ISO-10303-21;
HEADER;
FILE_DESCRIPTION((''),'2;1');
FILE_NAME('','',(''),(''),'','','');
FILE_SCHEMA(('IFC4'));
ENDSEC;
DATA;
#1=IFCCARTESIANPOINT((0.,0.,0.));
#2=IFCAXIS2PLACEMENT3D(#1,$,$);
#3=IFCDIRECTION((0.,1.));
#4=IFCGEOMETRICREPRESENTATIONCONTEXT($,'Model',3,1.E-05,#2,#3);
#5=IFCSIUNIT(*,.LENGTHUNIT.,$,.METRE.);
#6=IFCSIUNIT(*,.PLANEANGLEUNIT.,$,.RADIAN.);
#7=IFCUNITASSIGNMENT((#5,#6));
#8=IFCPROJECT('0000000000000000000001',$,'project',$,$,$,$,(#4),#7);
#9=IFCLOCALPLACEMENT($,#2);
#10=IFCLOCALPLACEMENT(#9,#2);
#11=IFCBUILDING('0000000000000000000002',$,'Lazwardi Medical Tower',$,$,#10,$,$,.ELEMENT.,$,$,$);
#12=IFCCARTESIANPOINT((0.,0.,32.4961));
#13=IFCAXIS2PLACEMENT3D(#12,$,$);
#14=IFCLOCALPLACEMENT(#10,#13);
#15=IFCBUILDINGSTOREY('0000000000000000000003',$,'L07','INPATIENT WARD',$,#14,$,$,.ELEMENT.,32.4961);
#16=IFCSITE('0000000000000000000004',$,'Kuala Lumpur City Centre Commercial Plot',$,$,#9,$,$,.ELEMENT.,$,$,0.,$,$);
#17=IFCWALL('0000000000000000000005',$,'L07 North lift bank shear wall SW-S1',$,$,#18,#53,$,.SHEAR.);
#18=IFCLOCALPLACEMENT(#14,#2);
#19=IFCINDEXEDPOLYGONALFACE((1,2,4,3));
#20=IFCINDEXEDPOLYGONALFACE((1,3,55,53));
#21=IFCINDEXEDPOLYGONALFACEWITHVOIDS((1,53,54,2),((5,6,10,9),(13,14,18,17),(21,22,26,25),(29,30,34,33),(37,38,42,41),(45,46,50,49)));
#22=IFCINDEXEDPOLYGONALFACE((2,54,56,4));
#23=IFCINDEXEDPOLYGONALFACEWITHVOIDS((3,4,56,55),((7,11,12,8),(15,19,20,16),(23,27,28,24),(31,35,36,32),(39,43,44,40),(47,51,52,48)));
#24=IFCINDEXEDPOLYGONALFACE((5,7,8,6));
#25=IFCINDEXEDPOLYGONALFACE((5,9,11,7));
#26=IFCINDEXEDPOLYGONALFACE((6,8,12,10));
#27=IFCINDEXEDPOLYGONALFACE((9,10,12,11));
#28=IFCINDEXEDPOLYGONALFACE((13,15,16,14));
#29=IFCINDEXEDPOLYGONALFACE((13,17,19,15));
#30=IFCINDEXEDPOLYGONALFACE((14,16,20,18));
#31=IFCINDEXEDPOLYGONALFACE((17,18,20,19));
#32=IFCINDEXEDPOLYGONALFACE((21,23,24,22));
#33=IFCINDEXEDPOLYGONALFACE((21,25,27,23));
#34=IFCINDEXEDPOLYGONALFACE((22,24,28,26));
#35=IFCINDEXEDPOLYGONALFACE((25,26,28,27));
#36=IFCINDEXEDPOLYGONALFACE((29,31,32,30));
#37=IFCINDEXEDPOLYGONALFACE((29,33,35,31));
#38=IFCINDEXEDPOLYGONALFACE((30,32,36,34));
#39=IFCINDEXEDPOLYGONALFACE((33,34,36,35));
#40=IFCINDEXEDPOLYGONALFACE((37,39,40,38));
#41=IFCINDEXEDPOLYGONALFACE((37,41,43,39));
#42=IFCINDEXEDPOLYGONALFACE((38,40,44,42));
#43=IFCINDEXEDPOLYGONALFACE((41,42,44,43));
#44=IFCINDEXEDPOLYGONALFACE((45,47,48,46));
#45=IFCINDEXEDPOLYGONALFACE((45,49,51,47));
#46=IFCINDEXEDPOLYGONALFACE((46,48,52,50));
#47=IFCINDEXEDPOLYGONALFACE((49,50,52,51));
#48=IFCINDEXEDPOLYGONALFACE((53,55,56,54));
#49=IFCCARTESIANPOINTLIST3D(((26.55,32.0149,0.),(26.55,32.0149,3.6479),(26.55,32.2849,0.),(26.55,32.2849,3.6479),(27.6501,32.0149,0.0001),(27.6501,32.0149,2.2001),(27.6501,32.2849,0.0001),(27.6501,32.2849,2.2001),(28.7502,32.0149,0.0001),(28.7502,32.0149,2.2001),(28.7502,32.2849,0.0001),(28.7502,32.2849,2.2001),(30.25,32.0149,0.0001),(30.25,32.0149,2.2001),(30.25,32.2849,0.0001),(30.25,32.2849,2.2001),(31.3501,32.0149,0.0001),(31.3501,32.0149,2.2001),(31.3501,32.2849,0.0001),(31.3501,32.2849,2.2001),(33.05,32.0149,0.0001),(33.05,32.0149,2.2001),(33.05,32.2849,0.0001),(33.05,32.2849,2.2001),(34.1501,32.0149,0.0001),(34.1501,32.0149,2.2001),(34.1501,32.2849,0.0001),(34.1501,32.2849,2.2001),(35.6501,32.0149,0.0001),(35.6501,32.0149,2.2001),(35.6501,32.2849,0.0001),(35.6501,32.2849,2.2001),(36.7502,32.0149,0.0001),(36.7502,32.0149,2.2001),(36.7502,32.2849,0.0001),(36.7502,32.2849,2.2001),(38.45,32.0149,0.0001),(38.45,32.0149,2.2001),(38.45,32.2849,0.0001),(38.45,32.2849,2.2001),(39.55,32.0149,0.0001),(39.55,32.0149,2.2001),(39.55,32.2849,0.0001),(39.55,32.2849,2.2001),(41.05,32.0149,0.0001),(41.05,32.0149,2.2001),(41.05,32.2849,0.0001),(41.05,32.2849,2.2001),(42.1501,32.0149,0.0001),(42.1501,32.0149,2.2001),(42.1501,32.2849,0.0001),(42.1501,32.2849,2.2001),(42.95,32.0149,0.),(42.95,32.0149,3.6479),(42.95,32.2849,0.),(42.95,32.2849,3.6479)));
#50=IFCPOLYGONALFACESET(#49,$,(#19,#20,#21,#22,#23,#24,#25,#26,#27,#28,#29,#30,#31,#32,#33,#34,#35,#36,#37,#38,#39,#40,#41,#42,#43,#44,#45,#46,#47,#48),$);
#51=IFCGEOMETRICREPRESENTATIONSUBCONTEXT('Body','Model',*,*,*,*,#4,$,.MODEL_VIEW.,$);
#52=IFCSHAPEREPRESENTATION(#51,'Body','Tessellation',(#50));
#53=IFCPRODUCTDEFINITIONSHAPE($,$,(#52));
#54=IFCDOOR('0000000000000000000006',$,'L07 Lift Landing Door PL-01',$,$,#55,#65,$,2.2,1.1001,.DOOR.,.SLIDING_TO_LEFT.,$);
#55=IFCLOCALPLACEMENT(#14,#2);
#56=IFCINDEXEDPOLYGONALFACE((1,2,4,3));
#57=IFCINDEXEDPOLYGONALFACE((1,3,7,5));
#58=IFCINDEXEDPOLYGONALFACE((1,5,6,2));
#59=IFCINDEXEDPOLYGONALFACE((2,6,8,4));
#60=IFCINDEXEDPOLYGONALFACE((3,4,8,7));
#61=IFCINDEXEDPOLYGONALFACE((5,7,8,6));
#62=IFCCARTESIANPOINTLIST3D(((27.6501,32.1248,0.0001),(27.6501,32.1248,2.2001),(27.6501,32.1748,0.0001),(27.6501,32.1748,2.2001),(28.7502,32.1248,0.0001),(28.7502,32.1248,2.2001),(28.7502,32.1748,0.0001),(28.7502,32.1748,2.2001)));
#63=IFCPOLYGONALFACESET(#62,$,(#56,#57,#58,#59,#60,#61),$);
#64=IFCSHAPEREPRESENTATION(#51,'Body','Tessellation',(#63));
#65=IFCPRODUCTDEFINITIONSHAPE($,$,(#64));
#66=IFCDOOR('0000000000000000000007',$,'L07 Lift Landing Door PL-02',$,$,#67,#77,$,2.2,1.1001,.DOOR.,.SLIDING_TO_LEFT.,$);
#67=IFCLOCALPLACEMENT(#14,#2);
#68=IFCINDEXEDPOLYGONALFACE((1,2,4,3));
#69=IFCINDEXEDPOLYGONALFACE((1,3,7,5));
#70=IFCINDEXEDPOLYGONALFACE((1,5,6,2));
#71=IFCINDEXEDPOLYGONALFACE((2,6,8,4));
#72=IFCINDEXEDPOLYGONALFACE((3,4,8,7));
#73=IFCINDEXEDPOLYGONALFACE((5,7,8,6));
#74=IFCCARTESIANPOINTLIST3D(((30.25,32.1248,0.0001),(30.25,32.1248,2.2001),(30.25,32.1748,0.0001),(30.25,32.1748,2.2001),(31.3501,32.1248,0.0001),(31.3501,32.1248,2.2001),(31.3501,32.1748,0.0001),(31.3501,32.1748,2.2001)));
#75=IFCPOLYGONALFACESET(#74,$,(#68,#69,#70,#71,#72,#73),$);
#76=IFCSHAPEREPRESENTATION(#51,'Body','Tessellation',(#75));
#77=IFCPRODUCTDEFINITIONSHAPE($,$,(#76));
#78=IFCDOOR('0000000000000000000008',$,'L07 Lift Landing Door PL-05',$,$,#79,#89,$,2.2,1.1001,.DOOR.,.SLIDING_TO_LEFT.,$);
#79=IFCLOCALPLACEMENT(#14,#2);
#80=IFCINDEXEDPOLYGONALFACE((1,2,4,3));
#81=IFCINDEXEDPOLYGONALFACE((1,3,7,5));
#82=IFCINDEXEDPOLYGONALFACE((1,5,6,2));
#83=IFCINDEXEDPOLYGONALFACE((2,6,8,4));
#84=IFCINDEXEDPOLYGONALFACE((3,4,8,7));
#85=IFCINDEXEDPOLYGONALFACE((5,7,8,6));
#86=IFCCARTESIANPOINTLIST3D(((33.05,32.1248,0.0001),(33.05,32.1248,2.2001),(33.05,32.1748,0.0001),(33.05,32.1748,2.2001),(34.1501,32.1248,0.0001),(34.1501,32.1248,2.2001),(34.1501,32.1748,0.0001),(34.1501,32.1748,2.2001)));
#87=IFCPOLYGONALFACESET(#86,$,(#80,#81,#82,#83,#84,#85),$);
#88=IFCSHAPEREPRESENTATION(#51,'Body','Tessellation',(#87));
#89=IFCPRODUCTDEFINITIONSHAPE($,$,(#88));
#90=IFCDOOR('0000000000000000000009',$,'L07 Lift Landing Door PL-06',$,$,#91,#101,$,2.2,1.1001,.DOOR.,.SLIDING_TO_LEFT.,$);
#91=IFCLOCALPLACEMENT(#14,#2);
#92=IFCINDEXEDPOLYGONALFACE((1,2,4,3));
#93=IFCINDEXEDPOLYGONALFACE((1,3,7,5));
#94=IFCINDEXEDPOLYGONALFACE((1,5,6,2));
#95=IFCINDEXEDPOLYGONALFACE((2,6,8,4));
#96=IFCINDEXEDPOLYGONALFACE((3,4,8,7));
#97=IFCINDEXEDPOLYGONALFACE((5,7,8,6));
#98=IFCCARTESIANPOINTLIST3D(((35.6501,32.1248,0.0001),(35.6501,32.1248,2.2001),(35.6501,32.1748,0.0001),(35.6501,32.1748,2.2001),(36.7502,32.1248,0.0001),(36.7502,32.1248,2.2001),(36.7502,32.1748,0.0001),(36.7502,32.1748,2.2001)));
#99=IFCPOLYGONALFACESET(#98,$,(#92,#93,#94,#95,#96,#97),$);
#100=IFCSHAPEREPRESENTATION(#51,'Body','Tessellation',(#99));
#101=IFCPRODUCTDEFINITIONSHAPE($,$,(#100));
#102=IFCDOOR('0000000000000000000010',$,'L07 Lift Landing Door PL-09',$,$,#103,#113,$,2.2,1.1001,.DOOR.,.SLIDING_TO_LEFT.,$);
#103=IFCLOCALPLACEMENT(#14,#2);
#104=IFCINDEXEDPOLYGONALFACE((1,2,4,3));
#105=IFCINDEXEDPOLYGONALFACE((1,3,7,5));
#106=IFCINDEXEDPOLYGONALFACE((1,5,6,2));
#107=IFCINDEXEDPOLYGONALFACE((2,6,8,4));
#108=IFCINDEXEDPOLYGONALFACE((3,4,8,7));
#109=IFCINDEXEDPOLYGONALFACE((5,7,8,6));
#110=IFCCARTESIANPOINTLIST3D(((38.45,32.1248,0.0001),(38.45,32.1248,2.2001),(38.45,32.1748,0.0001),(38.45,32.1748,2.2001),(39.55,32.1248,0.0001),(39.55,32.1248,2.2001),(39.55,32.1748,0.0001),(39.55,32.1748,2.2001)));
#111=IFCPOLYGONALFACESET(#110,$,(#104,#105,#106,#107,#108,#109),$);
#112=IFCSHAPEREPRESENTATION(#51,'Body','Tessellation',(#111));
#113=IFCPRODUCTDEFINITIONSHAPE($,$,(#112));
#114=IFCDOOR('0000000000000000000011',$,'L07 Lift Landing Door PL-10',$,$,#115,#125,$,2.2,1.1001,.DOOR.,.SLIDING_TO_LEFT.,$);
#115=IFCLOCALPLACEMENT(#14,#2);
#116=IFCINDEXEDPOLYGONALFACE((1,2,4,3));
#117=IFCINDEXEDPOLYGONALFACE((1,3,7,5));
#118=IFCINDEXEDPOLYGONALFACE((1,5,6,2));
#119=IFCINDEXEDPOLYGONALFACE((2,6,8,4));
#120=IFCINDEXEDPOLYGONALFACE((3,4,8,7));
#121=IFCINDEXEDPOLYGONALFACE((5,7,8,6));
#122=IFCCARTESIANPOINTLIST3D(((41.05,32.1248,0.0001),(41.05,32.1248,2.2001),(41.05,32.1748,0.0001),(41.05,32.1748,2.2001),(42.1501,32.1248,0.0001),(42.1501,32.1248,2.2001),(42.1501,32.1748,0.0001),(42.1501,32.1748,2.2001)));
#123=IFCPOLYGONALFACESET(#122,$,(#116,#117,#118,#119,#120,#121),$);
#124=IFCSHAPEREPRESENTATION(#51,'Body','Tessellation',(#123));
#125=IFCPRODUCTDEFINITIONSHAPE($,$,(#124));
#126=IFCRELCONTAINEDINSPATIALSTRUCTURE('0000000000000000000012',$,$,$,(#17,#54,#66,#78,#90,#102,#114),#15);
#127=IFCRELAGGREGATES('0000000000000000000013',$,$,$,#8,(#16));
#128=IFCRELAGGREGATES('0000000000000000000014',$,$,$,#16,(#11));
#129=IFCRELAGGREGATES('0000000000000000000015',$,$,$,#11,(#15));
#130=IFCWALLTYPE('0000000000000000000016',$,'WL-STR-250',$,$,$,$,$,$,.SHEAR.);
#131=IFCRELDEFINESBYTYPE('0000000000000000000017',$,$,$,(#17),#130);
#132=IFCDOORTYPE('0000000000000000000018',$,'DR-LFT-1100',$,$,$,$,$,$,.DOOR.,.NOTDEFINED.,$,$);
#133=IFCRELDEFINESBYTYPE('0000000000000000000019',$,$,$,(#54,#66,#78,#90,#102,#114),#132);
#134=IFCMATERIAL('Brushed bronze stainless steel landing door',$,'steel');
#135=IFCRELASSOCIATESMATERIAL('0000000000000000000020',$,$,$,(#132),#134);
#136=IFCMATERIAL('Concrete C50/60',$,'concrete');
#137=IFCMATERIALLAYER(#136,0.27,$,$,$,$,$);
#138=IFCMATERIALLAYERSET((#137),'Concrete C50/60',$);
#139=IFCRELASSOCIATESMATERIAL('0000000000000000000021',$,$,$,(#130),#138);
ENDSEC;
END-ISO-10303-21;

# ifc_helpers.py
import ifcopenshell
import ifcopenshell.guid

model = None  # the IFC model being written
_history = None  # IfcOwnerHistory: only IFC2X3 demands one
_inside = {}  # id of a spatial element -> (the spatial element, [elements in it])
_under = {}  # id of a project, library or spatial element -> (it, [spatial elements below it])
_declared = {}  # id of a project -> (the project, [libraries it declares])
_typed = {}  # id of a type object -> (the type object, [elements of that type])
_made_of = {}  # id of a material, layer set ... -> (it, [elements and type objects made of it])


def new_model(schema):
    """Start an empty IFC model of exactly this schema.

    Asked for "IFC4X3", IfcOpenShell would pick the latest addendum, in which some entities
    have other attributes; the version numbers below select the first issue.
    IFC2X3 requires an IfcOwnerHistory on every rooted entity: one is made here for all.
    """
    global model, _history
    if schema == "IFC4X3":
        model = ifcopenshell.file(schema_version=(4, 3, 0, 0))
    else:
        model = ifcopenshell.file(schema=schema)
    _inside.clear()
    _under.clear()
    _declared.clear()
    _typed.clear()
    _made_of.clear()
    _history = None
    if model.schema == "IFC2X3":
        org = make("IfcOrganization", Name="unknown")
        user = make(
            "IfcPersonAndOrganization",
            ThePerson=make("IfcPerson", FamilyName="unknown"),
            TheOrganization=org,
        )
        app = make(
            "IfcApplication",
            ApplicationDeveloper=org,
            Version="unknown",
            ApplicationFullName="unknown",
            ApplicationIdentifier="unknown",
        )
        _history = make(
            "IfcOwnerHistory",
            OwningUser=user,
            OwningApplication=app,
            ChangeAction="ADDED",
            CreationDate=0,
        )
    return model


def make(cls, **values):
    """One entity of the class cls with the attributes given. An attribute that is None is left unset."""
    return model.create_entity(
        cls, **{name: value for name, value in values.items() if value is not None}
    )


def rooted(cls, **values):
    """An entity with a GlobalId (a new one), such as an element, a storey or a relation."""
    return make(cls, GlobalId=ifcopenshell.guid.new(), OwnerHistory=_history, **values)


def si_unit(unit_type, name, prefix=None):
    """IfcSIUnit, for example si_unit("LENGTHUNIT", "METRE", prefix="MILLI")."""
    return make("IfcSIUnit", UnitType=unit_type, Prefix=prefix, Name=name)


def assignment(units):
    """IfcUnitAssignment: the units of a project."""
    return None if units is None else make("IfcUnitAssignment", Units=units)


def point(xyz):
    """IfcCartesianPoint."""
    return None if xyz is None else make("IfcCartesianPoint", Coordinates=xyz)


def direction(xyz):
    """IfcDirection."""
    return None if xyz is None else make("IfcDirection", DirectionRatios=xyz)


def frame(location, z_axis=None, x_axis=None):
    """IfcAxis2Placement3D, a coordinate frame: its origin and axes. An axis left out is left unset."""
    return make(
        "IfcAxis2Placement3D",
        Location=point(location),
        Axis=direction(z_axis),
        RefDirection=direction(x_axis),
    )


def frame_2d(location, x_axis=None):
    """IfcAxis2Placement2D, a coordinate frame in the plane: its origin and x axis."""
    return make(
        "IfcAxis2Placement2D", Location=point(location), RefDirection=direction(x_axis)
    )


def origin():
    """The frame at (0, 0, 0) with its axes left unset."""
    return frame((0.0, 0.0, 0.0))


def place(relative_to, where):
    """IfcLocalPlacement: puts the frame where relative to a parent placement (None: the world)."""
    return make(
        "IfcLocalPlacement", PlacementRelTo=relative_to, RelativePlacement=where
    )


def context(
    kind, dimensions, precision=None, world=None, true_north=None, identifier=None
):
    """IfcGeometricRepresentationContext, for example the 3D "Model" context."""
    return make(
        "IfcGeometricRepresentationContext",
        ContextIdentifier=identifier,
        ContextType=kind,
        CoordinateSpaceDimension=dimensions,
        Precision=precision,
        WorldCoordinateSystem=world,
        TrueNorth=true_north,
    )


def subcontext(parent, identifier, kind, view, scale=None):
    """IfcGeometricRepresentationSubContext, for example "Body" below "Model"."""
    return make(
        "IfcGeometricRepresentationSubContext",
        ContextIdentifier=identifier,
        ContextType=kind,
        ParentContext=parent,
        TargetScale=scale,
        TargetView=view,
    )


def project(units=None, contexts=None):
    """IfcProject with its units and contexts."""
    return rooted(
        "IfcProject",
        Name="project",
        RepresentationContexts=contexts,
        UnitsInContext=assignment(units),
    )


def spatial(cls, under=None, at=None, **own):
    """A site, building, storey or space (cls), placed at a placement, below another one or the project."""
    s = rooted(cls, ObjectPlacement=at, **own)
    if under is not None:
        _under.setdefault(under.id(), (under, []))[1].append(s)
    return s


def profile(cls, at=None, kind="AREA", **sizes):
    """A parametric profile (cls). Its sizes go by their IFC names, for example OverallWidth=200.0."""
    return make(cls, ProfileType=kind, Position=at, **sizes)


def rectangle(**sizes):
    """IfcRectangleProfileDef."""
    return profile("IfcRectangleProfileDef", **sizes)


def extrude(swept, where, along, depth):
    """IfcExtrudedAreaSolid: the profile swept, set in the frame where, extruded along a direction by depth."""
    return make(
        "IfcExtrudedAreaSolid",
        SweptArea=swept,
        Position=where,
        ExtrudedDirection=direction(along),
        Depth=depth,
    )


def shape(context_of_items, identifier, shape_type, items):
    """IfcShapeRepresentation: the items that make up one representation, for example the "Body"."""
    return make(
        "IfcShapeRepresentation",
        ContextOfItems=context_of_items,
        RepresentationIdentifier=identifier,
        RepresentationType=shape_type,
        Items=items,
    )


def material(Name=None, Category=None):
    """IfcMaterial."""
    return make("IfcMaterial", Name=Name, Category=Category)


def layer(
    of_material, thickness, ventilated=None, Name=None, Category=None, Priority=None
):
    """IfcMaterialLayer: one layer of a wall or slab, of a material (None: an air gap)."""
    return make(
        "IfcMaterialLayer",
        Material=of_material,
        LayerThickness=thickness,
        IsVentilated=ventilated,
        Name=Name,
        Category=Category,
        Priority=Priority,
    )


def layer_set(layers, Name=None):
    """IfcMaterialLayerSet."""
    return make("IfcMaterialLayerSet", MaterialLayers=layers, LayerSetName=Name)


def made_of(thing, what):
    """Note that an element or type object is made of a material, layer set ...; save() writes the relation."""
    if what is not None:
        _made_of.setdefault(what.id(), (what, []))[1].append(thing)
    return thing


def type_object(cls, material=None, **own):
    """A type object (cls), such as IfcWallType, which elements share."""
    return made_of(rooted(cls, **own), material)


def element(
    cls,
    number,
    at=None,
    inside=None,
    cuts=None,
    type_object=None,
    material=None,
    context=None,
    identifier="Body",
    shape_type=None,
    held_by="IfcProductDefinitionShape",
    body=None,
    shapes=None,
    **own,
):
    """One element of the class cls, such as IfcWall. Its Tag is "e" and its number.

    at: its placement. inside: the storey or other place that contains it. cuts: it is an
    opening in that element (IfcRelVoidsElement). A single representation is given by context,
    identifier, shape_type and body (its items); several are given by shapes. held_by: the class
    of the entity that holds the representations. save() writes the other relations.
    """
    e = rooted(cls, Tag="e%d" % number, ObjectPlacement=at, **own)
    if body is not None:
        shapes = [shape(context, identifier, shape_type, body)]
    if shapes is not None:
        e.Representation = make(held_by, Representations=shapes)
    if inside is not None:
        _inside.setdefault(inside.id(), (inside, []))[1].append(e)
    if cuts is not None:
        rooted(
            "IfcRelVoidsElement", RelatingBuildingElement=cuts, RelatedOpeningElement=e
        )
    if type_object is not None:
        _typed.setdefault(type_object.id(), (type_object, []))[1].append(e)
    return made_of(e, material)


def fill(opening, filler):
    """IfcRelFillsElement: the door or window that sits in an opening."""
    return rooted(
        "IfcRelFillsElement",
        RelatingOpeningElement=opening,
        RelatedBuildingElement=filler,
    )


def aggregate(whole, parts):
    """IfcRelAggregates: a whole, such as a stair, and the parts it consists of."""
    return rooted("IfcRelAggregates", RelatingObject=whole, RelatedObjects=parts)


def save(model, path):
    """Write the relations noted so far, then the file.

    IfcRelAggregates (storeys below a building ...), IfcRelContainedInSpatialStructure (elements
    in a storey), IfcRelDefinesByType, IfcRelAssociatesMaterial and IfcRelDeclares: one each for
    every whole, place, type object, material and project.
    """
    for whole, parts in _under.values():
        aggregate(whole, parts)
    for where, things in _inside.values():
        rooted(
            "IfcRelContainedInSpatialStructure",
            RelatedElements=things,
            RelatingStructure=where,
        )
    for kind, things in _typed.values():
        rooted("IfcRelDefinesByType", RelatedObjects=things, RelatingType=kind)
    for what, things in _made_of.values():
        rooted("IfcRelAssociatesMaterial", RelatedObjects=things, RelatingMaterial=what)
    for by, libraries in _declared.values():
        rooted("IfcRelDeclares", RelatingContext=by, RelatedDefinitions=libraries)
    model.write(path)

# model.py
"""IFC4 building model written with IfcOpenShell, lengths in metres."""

from ifc_helpers import new_model, si_unit, direction, frame, frame_2d, origin, place, context, subcontext, project, spatial, rectangle, extrude, material, layer, layer_set, type_object, element, fill, save


model = new_model("IFC4")

# Units and contexts
model_context = context("Model", 3, precision=1e-05, world=origin(), true_north=direction((0.0, 1.0)))
body_context = subcontext(model_context, "Body", "Model", "MODEL_VIEW")
ifc_project = project(units=[si_unit("LENGTHUNIT", "METRE"), si_unit("PLANEANGLEUNIT", "RADIAN")], contexts=[model_context])

# Site, building, storey
site_placement = place(None, origin())
site = spatial("IfcSite", under=ifc_project, at=site_placement, Name="Kuala Lumpur City Centre Commercial Plot", CompositionType="ELEMENT", RefElevation=0.0)
building_placement = place(site_placement, origin())
building = spatial("IfcBuilding", under=site, at=building_placement, Name="Lazwardi Medical Tower", CompositionType="ELEMENT")
storey_placement = place(building_placement, frame((0.0, 0.0, 32.4961)))
storey = spatial("IfcBuildingStorey", under=building, at=storey_placement, Name="L07", Description="INPATIENT WARD", CompositionType="ELEMENT", Elevation=32.4961)

# Shared definitions
ifc_material_1 = material(Name="Brushed bronze stainless steel landing door", Category="steel")
door_type_1 = type_object("IfcDoorType", Name="DR-LFT-1100", OperationType="NOTDEFINED", PredefinedType="DOOR", material=ifc_material_1)

# Shared definitions
ifc_material_2 = material(Name="Concrete C50/60", Category="concrete")
ifc_layer_1 = layer(ifc_material_2, 0.27)
ifc_layer_set_1 = layer_set([ifc_layer_1], Name="Concrete C50/60")
wall_type_1 = type_object("IfcWallType", Name="WL-STR-250", PredefinedType="SHEAR", material=ifc_layer_set_1)

# Wall, openings, doors
wall_1_placement = place(storey_placement, frame((26.55, 32.1499, 0.0), z_axis=(0.0, 0.0, 1.0), x_axis=(1.0, 0.0, 0.0)))
wall_1 = element("IfcWall", 1, at=wall_1_placement, inside=storey, type_object=wall_type_1, Name="L07 North lift bank shear wall SW-S1", PredefinedType="SHEAR", context=body_context, shape_type="SweptSolid", body=[
    extrude(rectangle(XDim=16.3999, YDim=0.27, at=frame_2d((8.2, 0.0))), origin(), (0.0, 0.0, 1.0), 3.6479),
])
opening_1_placement = place(wall_1_placement, frame((1.1001, 0.0, 0.0)))
opening_1 = element("IfcOpeningElement", 2, at=opening_1_placement, cuts=wall_1, PredefinedType="OPENING", context=body_context, shape_type="SweptSolid", body=[
    extrude(rectangle(XDim=1.1001, YDim=2.2, at=frame_2d((0.55, 1.1001))), frame((0.0, 0.145, 0.0), z_axis=(0.0, -1.0, 0.0), x_axis=(1.0, 0.0, 0.0)), (0.0, 0.0, 1.0), 0.29),
])
opening_2_placement = place(wall_1_placement, frame((3.7, 0.0, 0.0)))
opening_2 = element("IfcOpeningElement", 3, at=opening_2_placement, cuts=wall_1, PredefinedType="OPENING", context=body_context, shape_type="SweptSolid", body=[
    extrude(rectangle(XDim=1.1001, YDim=2.2, at=frame_2d((0.55, 1.1001))), frame((0.0, 0.145, 0.0), z_axis=(0.0, -1.0, 0.0), x_axis=(1.0, 0.0, 0.0)), (0.0, 0.0, 1.0), 0.29),
])
opening_3_placement = place(wall_1_placement, frame((6.5, 0.0, 0.0)))
opening_3 = element("IfcOpeningElement", 4, at=opening_3_placement, cuts=wall_1, PredefinedType="OPENING", context=body_context, shape_type="SweptSolid", body=[
    extrude(rectangle(XDim=1.1001, YDim=2.2, at=frame_2d((0.55, 1.1001))), frame((0.0, 0.145, 0.0), z_axis=(0.0, -1.0, 0.0), x_axis=(1.0, 0.0, 0.0)), (0.0, 0.0, 1.0), 0.29),
])
opening_4_placement = place(wall_1_placement, frame((9.1001, 0.0, 0.0)))
opening_4 = element("IfcOpeningElement", 5, at=opening_4_placement, cuts=wall_1, PredefinedType="OPENING", context=body_context, shape_type="SweptSolid", body=[
    extrude(rectangle(XDim=1.1001, YDim=2.2, at=frame_2d((0.55, 1.1001))), frame((0.0, 0.145, 0.0), z_axis=(0.0, -1.0, 0.0), x_axis=(1.0, 0.0, 0.0)), (0.0, 0.0, 1.0), 0.29),
])
opening_5_placement = place(wall_1_placement, frame((11.8999, 0.0, 0.0)))
opening_5 = element("IfcOpeningElement", 6, at=opening_5_placement, cuts=wall_1, PredefinedType="OPENING", context=body_context, shape_type="SweptSolid", body=[
    extrude(rectangle(XDim=1.1001, YDim=2.2, at=frame_2d((0.55, 1.1001))), frame((0.0, 0.145, 0.0), z_axis=(0.0, -1.0, 0.0), x_axis=(1.0, 0.0, 0.0)), (0.0, 0.0, 1.0), 0.29),
])
opening_6_placement = place(wall_1_placement, frame((14.5, 0.0, 0.0)))
opening_6 = element("IfcOpeningElement", 7, at=opening_6_placement, cuts=wall_1, PredefinedType="OPENING", context=body_context, shape_type="SweptSolid", body=[
    extrude(rectangle(XDim=1.1001, YDim=2.2, at=frame_2d((0.55, 1.1001))), frame((0.0, 0.145, 0.0), z_axis=(0.0, -1.0, 0.0), x_axis=(1.0, 0.0, 0.0)), (0.0, 0.0, 1.0), 0.29),
])
door_1_placement = place(opening_1_placement, origin())
door_1 = element("IfcDoor", 8, at=door_1_placement, inside=storey, type_object=door_type_1, Name="L07 Lift Landing Door PL-01", OperationType="SLIDING_TO_LEFT", OverallHeight=2.2, OverallWidth=1.1001, PredefinedType="DOOR", context=body_context, shape_type="SweptSolid", body=[
    extrude(rectangle(XDim=1.1001, YDim=2.2, at=frame_2d((0.55, 1.1001))), frame((0.0, 0.0249, 0.0), z_axis=(0.0, -1.0, 0.0), x_axis=(1.0, 0.0, 0.0)), (0.0, 0.0, 1.0), 0.05),
])
fill(opening_1, door_1)
door_2_placement = place(opening_2_placement, origin())
door_2 = element("IfcDoor", 9, at=door_2_placement, inside=storey, type_object=door_type_1, Name="L07 Lift Landing Door PL-02", OperationType="SLIDING_TO_LEFT", OverallHeight=2.2, OverallWidth=1.1001, PredefinedType="DOOR", context=body_context, shape_type="SweptSolid", body=[
    extrude(rectangle(XDim=1.1001, YDim=2.2, at=frame_2d((0.55, 1.1001))), frame((0.0, 0.0249, 0.0), z_axis=(0.0, -1.0, 0.0), x_axis=(1.0, 0.0, 0.0)), (0.0, 0.0, 1.0), 0.05),
])
fill(opening_2, door_2)
door_3_placement = place(opening_3_placement, origin())
door_3 = element("IfcDoor", 10, at=door_3_placement, inside=storey, type_object=door_type_1, Name="L07 Lift Landing Door PL-05", OperationType="SLIDING_TO_LEFT", OverallHeight=2.2, OverallWidth=1.1001, PredefinedType="DOOR", context=body_context, shape_type="SweptSolid", body=[
    extrude(rectangle(XDim=1.1001, YDim=2.2, at=frame_2d((0.55, 1.1001))), frame((0.0, 0.0249, 0.0), z_axis=(0.0, -1.0, 0.0), x_axis=(1.0, 0.0, 0.0)), (0.0, 0.0, 1.0), 0.05),
])
fill(opening_3, door_3)
door_4_placement = place(opening_4_placement, origin())
door_4 = element("IfcDoor", 11, at=door_4_placement, inside=storey, type_object=door_type_1, Name="L07 Lift Landing Door PL-06", OperationType="SLIDING_TO_LEFT", OverallHeight=2.2, OverallWidth=1.1001, PredefinedType="DOOR", context=body_context, shape_type="SweptSolid", body=[
    extrude(rectangle(XDim=1.1001, YDim=2.2, at=frame_2d((0.55, 1.1001))), frame((0.0, 0.0249, 0.0), z_axis=(0.0, -1.0, 0.0), x_axis=(1.0, 0.0, 0.0)), (0.0, 0.0, 1.0), 0.05),
])
fill(opening_4, door_4)
door_5_placement = place(opening_5_placement, origin())
door_5 = element("IfcDoor", 12, at=door_5_placement, inside=storey, type_object=door_type_1, Name="L07 Lift Landing Door PL-09", OperationType="SLIDING_TO_LEFT", OverallHeight=2.2, OverallWidth=1.1001, PredefinedType="DOOR", context=body_context, shape_type="SweptSolid", body=[
    extrude(rectangle(XDim=1.1001, YDim=2.2, at=frame_2d((0.55, 1.1001))), frame((0.0, 0.0249, 0.0), z_axis=(0.0, -1.0, 0.0), x_axis=(1.0, 0.0, 0.0)), (0.0, 0.0, 1.0), 0.05),
])
fill(opening_5, door_5)
door_6_placement = place(opening_6_placement, origin())
door_6 = element("IfcDoor", 13, at=door_6_placement, inside=storey, type_object=door_type_1, Name="L07 Lift Landing Door PL-10", OperationType="SLIDING_TO_LEFT", OverallHeight=2.2, OverallWidth=1.1001, PredefinedType="DOOR", context=body_context, shape_type="SweptSolid", body=[
    extrude(rectangle(XDim=1.1001, YDim=2.2, at=frame_2d((0.55, 1.1001))), frame((0.0, 0.0249, 0.0), z_axis=(0.0, -1.0, 0.0), x_axis=(1.0, 0.0, 0.0)), (0.0, 0.0, 1.0), 0.05),
])
fill(opening_6, door_6)

save(model, "model.ifc")
